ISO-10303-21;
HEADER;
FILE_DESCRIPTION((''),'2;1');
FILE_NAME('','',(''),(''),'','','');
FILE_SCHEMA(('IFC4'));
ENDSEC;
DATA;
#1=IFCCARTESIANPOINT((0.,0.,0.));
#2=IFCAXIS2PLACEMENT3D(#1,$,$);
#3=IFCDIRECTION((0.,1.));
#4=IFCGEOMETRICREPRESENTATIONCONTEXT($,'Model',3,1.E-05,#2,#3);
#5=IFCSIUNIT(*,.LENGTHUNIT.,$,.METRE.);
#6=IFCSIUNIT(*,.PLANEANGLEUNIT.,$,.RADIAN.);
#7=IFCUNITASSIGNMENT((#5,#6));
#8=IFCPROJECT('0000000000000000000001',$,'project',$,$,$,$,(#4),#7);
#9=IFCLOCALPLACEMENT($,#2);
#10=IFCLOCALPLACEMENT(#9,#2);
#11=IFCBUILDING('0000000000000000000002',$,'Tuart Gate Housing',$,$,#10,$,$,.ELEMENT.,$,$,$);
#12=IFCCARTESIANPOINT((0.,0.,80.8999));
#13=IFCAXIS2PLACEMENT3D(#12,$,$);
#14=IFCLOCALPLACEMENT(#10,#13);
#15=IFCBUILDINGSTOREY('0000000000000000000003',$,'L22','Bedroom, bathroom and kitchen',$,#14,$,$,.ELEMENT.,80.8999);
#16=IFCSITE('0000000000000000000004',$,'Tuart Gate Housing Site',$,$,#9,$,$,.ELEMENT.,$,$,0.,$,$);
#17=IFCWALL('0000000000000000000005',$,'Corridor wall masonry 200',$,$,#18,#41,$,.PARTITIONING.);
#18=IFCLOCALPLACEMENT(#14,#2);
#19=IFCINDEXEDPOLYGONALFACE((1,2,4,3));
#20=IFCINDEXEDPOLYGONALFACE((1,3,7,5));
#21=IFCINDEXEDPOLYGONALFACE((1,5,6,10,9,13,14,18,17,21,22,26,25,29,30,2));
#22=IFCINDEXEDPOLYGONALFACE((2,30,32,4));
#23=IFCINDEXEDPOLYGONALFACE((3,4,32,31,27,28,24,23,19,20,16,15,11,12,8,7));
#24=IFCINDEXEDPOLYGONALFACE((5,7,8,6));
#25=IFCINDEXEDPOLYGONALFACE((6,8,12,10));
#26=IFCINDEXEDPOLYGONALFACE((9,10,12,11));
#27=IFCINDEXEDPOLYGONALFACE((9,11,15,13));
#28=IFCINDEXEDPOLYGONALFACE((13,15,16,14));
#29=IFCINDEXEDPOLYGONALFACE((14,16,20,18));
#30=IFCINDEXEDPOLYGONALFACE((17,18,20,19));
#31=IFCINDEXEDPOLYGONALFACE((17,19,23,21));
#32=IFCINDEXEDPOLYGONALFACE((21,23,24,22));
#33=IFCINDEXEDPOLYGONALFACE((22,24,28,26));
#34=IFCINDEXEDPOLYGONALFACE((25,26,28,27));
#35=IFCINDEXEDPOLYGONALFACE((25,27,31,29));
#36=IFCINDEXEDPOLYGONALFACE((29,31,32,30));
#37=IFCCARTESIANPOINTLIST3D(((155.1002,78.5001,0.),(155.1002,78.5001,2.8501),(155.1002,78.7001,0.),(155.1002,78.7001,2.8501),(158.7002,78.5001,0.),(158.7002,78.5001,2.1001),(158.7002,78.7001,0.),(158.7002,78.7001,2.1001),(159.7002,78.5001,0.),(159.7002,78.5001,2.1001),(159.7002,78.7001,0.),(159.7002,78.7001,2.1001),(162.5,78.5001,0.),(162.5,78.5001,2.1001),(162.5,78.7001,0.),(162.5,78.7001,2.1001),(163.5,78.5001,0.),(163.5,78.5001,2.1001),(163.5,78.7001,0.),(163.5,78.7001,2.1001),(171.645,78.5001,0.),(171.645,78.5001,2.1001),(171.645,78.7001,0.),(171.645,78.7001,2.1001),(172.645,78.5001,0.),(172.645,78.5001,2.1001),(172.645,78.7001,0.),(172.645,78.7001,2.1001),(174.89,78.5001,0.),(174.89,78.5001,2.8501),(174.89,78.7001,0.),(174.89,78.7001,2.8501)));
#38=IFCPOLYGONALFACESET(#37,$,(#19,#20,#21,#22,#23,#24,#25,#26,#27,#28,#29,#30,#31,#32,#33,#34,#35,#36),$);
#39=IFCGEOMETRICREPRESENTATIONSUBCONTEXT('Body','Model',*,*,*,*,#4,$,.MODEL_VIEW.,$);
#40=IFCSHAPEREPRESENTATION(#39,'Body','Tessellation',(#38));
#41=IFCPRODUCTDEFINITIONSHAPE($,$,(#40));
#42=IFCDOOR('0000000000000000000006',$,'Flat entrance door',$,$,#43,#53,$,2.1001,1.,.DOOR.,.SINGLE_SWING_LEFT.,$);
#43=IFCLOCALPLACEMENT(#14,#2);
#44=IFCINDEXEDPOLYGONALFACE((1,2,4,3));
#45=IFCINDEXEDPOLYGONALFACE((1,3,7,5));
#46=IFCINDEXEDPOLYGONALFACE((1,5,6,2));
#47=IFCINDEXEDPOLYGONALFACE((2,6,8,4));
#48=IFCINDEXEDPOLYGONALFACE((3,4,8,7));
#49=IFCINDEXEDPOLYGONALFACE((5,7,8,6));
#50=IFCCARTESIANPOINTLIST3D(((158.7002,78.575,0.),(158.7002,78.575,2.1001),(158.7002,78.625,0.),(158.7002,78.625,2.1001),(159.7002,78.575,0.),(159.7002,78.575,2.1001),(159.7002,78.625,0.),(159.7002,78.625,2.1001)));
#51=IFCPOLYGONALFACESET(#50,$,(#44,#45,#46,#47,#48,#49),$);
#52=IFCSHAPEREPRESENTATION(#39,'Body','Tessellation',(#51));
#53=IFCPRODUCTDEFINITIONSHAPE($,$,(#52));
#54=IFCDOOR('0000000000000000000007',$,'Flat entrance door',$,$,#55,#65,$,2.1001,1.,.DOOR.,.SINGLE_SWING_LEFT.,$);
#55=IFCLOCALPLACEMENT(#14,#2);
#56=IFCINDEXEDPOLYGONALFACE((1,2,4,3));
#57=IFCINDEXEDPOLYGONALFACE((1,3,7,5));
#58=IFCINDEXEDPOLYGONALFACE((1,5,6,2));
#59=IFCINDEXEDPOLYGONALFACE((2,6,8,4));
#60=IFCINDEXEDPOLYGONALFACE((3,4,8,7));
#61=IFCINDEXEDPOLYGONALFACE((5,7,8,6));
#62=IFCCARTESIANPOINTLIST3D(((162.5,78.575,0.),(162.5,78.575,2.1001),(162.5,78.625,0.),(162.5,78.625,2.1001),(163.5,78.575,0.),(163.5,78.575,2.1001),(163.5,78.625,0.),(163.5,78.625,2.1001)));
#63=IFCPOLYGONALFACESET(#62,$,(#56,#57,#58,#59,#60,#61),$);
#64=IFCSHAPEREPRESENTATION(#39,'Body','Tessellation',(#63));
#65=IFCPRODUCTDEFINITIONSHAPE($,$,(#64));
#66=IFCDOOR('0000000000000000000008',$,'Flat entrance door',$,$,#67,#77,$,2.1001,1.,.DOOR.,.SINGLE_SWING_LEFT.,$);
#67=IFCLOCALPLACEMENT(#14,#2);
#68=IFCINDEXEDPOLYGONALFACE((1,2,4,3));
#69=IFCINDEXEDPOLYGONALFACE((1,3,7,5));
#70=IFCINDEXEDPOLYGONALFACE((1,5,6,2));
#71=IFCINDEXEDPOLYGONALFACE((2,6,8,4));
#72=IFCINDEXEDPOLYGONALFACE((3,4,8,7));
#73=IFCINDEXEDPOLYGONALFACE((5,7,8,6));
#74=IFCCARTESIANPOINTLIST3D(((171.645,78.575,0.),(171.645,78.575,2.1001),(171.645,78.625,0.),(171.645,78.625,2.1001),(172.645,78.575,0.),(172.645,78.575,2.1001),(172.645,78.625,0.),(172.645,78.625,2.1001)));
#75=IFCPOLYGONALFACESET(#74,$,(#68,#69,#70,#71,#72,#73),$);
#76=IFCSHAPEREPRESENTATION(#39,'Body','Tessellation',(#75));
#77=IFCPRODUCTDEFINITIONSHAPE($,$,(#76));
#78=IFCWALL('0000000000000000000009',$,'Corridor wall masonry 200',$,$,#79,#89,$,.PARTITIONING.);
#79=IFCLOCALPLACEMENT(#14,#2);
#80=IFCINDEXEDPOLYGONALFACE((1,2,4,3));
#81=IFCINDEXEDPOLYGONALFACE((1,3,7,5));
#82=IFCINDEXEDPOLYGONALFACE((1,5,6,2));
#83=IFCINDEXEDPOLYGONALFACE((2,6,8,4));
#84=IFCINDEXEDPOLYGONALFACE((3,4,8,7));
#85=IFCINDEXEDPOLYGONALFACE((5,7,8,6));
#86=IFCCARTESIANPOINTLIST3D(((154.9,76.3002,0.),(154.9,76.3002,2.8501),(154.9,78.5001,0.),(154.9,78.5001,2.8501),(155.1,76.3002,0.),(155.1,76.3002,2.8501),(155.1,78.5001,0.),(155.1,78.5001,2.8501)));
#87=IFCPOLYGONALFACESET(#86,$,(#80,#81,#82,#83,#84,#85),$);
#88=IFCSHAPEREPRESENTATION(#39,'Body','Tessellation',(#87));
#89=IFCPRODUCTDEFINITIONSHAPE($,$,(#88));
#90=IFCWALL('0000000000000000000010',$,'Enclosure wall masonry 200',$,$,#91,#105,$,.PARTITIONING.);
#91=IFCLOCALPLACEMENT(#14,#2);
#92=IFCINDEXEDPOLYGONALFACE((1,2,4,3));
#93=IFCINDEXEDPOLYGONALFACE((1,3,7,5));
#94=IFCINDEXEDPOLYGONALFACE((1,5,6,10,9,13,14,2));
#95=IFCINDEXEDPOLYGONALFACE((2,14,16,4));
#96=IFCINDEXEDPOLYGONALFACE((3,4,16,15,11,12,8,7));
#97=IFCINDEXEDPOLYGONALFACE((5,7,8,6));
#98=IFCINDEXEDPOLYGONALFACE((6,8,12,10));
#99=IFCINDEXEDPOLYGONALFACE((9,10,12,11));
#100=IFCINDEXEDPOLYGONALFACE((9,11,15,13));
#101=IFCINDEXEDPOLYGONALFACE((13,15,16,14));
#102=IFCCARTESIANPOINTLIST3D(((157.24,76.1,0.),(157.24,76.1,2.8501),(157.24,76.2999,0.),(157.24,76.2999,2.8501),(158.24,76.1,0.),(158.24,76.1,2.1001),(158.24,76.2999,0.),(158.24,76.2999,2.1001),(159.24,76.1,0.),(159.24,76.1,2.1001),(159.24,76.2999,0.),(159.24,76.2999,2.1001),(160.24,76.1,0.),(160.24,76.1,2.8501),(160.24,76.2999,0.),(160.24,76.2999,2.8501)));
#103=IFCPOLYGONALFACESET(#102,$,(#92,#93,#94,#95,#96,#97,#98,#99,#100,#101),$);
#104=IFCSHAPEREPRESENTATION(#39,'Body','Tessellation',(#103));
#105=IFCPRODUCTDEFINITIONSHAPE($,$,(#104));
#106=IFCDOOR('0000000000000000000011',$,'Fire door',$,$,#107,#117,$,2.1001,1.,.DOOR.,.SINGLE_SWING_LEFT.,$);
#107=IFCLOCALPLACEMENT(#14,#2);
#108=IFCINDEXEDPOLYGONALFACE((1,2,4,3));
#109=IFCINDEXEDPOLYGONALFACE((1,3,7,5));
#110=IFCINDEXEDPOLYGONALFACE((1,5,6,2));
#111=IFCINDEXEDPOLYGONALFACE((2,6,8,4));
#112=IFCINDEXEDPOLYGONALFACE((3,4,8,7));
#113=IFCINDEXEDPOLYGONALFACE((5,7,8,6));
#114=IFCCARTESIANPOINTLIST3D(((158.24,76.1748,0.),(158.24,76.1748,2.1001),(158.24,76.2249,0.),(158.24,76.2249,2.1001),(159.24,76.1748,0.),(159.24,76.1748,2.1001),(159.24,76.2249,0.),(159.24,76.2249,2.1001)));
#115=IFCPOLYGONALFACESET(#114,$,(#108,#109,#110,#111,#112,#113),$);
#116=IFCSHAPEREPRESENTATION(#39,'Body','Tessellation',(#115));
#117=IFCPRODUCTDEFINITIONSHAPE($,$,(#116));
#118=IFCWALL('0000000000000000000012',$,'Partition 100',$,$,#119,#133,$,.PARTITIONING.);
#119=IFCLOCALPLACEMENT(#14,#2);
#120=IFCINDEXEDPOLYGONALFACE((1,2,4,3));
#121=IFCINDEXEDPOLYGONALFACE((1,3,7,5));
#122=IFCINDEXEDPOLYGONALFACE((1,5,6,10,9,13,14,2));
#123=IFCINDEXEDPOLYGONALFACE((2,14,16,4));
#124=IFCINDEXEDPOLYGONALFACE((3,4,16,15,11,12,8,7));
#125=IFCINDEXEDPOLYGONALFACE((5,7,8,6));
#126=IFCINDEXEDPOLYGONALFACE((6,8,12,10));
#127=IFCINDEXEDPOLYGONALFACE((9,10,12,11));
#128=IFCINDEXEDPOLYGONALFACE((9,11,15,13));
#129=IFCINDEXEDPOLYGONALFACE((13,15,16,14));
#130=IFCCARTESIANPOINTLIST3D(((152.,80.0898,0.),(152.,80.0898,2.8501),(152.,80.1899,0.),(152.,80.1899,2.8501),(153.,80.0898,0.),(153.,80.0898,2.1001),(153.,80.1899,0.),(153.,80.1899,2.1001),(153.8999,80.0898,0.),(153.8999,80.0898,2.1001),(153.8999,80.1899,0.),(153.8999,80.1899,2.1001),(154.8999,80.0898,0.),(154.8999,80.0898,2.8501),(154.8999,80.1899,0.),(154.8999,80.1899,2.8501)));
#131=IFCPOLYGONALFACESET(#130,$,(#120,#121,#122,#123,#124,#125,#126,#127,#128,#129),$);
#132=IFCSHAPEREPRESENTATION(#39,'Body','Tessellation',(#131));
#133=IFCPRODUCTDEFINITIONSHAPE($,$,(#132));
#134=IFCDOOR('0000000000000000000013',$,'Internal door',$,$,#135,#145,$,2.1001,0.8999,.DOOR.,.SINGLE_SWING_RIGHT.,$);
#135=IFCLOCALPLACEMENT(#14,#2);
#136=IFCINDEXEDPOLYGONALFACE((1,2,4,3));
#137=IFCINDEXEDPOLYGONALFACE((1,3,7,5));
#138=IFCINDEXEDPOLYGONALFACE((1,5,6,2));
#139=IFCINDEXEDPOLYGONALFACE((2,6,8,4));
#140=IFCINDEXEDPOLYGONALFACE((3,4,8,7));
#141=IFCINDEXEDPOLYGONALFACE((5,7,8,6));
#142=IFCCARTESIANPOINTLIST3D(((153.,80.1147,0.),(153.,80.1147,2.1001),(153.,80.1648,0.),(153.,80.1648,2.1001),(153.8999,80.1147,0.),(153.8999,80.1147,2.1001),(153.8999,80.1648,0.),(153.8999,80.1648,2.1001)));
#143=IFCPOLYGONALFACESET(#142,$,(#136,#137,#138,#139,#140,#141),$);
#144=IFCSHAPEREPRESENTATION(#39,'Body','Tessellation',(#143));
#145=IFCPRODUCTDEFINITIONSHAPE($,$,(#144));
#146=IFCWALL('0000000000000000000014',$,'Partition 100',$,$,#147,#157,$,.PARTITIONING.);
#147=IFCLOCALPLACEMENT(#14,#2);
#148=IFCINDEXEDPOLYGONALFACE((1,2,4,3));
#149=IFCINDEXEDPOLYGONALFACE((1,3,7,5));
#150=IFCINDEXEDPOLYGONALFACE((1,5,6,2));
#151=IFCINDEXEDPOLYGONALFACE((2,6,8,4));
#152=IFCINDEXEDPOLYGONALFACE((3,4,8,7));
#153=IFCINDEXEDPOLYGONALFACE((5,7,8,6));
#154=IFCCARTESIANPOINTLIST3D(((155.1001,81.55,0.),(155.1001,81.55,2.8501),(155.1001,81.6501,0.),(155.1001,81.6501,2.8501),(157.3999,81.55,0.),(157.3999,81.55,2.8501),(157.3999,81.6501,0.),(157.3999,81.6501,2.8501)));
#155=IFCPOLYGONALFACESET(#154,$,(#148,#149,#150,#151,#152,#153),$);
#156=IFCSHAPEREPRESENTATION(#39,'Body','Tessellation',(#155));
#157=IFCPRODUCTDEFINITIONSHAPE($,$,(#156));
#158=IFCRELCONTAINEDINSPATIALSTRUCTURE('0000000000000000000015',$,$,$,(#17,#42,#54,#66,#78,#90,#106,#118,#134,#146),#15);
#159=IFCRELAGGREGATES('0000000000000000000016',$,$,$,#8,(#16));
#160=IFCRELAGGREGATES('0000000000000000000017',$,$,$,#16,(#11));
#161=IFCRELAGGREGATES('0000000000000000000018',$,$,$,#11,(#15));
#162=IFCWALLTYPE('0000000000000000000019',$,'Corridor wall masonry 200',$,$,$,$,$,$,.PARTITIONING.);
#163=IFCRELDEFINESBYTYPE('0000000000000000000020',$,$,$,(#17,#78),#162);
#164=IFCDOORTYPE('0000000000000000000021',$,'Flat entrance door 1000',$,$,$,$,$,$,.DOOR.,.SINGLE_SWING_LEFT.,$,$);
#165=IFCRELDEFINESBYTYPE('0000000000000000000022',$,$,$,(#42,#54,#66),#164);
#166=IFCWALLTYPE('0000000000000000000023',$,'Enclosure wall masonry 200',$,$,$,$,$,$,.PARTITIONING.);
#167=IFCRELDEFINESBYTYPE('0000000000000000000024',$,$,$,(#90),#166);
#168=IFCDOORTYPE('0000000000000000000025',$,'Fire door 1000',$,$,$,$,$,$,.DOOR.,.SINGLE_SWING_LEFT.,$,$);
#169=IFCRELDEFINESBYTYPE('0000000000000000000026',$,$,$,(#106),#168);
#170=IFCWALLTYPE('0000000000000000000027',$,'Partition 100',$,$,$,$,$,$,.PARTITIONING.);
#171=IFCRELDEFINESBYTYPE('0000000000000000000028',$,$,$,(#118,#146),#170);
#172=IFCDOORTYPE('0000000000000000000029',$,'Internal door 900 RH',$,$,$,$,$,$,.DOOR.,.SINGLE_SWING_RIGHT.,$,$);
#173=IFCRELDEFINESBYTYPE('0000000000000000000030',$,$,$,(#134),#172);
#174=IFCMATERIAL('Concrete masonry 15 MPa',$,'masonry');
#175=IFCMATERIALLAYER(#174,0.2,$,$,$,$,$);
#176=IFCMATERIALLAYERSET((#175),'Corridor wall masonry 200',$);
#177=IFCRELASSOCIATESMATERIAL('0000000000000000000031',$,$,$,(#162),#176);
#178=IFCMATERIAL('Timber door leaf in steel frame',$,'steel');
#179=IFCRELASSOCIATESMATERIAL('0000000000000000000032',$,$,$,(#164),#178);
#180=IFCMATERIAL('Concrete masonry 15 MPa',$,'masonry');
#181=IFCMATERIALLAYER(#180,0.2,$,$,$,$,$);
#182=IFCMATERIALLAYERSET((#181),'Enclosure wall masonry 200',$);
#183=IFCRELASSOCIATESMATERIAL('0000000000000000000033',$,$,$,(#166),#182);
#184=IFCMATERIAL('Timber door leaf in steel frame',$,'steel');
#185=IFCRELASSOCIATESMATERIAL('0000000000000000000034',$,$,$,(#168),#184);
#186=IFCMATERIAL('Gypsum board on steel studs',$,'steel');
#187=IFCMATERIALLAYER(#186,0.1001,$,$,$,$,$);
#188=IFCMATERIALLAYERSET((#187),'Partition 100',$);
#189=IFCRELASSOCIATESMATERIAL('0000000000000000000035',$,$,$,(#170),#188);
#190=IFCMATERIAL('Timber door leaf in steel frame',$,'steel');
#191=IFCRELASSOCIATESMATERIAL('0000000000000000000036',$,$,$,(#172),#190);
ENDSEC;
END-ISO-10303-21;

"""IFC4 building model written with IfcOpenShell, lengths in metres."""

from ifc_helpers import new_model, si_unit, direction, frame, frame_2d, origin, place, context, subcontext, project, spatial, rectangle, extrude, material, layer, layer_set, type_object, element, fill, save


model = new_model("IFC4")

# Units and contexts
model_context = context("Model", 3, precision=1e-05, world=origin(), true_north=direction((0.0, 1.0)))
body_context = subcontext(model_context, "Body", "Model", "MODEL_VIEW")
ifc_project = project(units=[si_unit("LENGTHUNIT", "METRE"), si_unit("PLANEANGLEUNIT", "RADIAN")], contexts=[model_context])

# Site, building, storey
site_placement = place(None, origin())
site = spatial("IfcSite", under=ifc_project, at=site_placement, Name="Tuart Gate Housing Site", CompositionType="ELEMENT", RefElevation=0.0)
building_placement = place(site_placement, origin())
building = spatial("IfcBuilding", under=site, at=building_placement, Name="Tuart Gate Housing", CompositionType="ELEMENT")
storey_placement = place(building_placement, frame((0.0, 0.0, 80.8999)))
storey = spatial("IfcBuildingStorey", under=building, at=storey_placement, Name="L22", Description="Bedroom, bathroom and kitchen", CompositionType="ELEMENT", Elevation=80.8999)

# Shared definitions
ifc_material_1 = material(Name="Concrete masonry 15 MPa", Category="masonry")
ifc_layer_1 = layer(ifc_material_1, 0.2)
ifc_layer_set_1 = layer_set([ifc_layer_1], Name="Corridor wall masonry 200")
wall_type_1 = type_object("IfcWallType", Name="Corridor wall masonry 200", PredefinedType="PARTITIONING", material=ifc_layer_set_1)

# Wall, openings, doors
wall_1_placement = place(storey_placement, frame((155.1001, 78.6001, 0.0), z_axis=(0.0, 0.0, 1.0), x_axis=(1.0, 0.0, 0.0)))
wall_1 = element("IfcWall", 1, at=wall_1_placement, inside=storey, type_object=wall_type_1, Name="Corridor wall masonry 200", PredefinedType="PARTITIONING", context=body_context, shape_type="SweptSolid", body=[
    extrude(rectangle(XDim=19.7898, YDim=0.2, at=frame_2d((9.895, 0.0))), origin(), (0.0, 0.0, 1.0), 2.8501),
])
opening_1_placement = place(wall_1_placement, frame((3.6001, 0.0, 0.0)))
opening_1 = element("IfcOpeningElement", 2, at=opening_1_placement, cuts=wall_1, PredefinedType="OPENING", context=body_context, shape_type="SweptSolid", body=[
    extrude(rectangle(XDim=1.0, YDim=2.1001, at=frame_2d((0.5, 1.05))), frame((0.0, 0.1099, 0.0), z_axis=(0.0, -1.0, 0.0), x_axis=(1.0, 0.0, 0.0)), (0.0, 0.0, 1.0), 0.22),
])
opening_2_placement = place(wall_1_placement, frame((7.3999, 0.0, 0.0)))
opening_2 = element("IfcOpeningElement", 3, at=opening_2_placement, cuts=wall_1, PredefinedType="OPENING", context=body_context, shape_type="SweptSolid", body=[
    extrude(rectangle(XDim=1.0, YDim=2.1001, at=frame_2d((0.5, 1.05))), frame((0.0, 0.1099, 0.0), z_axis=(0.0, -1.0, 0.0), x_axis=(1.0, 0.0, 0.0)), (0.0, 0.0, 1.0), 0.22),
])
opening_3_placement = place(wall_1_placement, frame((16.5449, 0.0, 0.0)))
opening_3 = element("IfcOpeningElement", 4, at=opening_3_placement, cuts=wall_1, PredefinedType="OPENING", context=body_context, shape_type="SweptSolid", body=[
    extrude(rectangle(XDim=1.0, YDim=2.1001, at=frame_2d((0.5, 1.05))), frame((0.0, 0.1099, 0.0), z_axis=(0.0, -1.0, 0.0), x_axis=(1.0, 0.0, 0.0)), (0.0, 0.0, 1.0), 0.22),
])
ifc_material_2 = material(Name="Timber door leaf in steel frame", Category="steel")
door_type_1 = type_object("IfcDoorType", Name="Flat entrance door 1000", OperationType="SINGLE_SWING_LEFT", PredefinedType="DOOR", material=ifc_material_2)
door_1_placement = place(opening_1_placement, origin())
door_1 = element("IfcDoor", 5, at=door_1_placement, inside=storey, type_object=door_type_1, Name="Flat entrance door", OperationType="SINGLE_SWING_LEFT", OverallHeight=2.1001, OverallWidth=1.0, PredefinedType="DOOR", context=body_context, shape_type="SweptSolid", body=[
    extrude(rectangle(XDim=1.0, YDim=2.1001, at=frame_2d((0.5, 1.05))), frame((0.0, 0.0249, 0.0), z_axis=(0.0, -1.0, 0.0), x_axis=(1.0, 0.0, 0.0)), (0.0, 0.0, 1.0), 0.05),
])
fill(opening_1, door_1)
door_2_placement = place(opening_2_placement, origin())
door_2 = element("IfcDoor", 6, at=door_2_placement, inside=storey, type_object=door_type_1, Name="Flat entrance door", OperationType="SINGLE_SWING_LEFT", OverallHeight=2.1001, OverallWidth=1.0, PredefinedType="DOOR", context=body_context, shape_type="SweptSolid", body=[
    extrude(rectangle(XDim=1.0, YDim=2.1001, at=frame_2d((0.5, 1.05))), frame((0.0, 0.0249, 0.0), z_axis=(0.0, -1.0, 0.0), x_axis=(1.0, 0.0, 0.0)), (0.0, 0.0, 1.0), 0.05),
])
fill(opening_2, door_2)
door_3_placement = place(opening_3_placement, origin())
door_3 = element("IfcDoor", 7, at=door_3_placement, inside=storey, type_object=door_type_1, Name="Flat entrance door", OperationType="SINGLE_SWING_LEFT", OverallHeight=2.1001, OverallWidth=1.0, PredefinedType="DOOR", context=body_context, shape_type="SweptSolid", body=[
    extrude(rectangle(XDim=1.0, YDim=2.1001, at=frame_2d((0.5, 1.05))), frame((0.0, 0.0249, 0.0), z_axis=(0.0, -1.0, 0.0), x_axis=(1.0, 0.0, 0.0)), (0.0, 0.0, 1.0), 0.05),
])
fill(opening_3, door_3)

# Wall
wall_2_placement = place(storey_placement, frame((155.0, 76.3, 0.0), z_axis=(0.0, 0.0, 1.0), x_axis=(0.0, 1.0, 0.0)))
element("IfcWall", 8, at=wall_2_placement, inside=storey, type_object=wall_type_1, Name="Corridor wall masonry 200", PredefinedType="PARTITIONING", context=body_context, shape_type="SweptSolid", body=[
    extrude(rectangle(XDim=2.2, YDim=0.2, at=frame_2d((1.1001, 0.0))), origin(), (0.0, 0.0, 1.0), 2.8501),
])

# Walls, openings, doors
ifc_material_3 = material(Name="Concrete masonry 15 MPa", Category="masonry")
ifc_layer_2 = layer(ifc_material_3, 0.2)
ifc_layer_set_2 = layer_set([ifc_layer_2], Name="Enclosure wall masonry 200")
wall_type_2 = type_object("IfcWallType", Name="Enclosure wall masonry 200", PredefinedType="PARTITIONING", material=ifc_layer_set_2)
wall_3_placement = place(storey_placement, frame((157.24, 76.2, 0.0), z_axis=(0.0, 0.0, 1.0), x_axis=(1.0, 0.0, 0.0)))
wall_3 = element("IfcWall", 9, at=wall_3_placement, inside=storey, type_object=wall_type_2, Name="Enclosure wall masonry 200", PredefinedType="PARTITIONING", context=body_context, shape_type="SweptSolid", body=[
    extrude(rectangle(XDim=3.0, YDim=0.2, at=frame_2d((1.5, 0.0))), origin(), (0.0, 0.0, 1.0), 2.8501),
])
opening_4_placement = place(wall_3_placement, frame((1.0, 0.0, 0.0)))
opening_4 = element("IfcOpeningElement", 10, at=opening_4_placement, cuts=wall_3, PredefinedType="OPENING", context=body_context, shape_type="SweptSolid", body=[
    extrude(rectangle(XDim=1.0, YDim=2.1001, at=frame_2d((0.5, 1.05))), frame((0.0, 0.1099, 0.0), z_axis=(0.0, -1.0, 0.0), x_axis=(1.0, 0.0, 0.0)), (0.0, 0.0, 1.0), 0.22),
])
ifc_material_4 = material(Name="Timber door leaf in steel frame", Category="steel")
door_type_2 = type_object("IfcDoorType", Name="Fire door 1000", OperationType="SINGLE_SWING_LEFT", PredefinedType="DOOR", material=ifc_material_4)
door_4_placement = place(opening_4_placement, origin())
door_4 = element("IfcDoor", 11, at=door_4_placement, inside=storey, type_object=door_type_2, Name="Fire door", OperationType="SINGLE_SWING_LEFT", OverallHeight=2.1001, OverallWidth=1.0, PredefinedType="DOOR", context=body_context, shape_type="SweptSolid", body=[
    extrude(rectangle(XDim=1.0, YDim=2.1001, at=frame_2d((0.5, 1.05))), frame((0.0, 0.0249, 0.0), z_axis=(0.0, -1.0, 0.0), x_axis=(1.0, 0.0, 0.0)), (0.0, 0.0, 1.0), 0.05),
])
fill(opening_4, door_4)
ifc_material_5 = material(Name="Gypsum board on steel studs", Category="steel")
ifc_layer_3 = layer(ifc_material_5, 0.1001)
ifc_layer_set_3 = layer_set([ifc_layer_3], Name="Partition 100")
wall_type_3 = type_object("IfcWallType", Name="Partition 100", PredefinedType="PARTITIONING", material=ifc_layer_set_3)
wall_4_placement = place(storey_placement, frame((152.0, 80.1399, 0.0), z_axis=(0.0, 0.0, 1.0), x_axis=(1.0, 0.0, 0.0)))
wall_4 = element("IfcWall", 12, at=wall_4_placement, inside=storey, type_object=wall_type_3, Name="Partition 100", PredefinedType="PARTITIONING", context=body_context, shape_type="SweptSolid", body=[
    extrude(rectangle(XDim=2.8999, YDim=0.1001, at=frame_2d((1.45, 0.0))), origin(), (0.0, 0.0, 1.0), 2.8501),
])
opening_5_placement = place(wall_4_placement, frame((1.0, 0.0, 0.0)))
opening_5 = element("IfcOpeningElement", 13, at=opening_5_placement, cuts=wall_4, PredefinedType="OPENING", context=body_context, shape_type="SweptSolid", body=[
    extrude(rectangle(XDim=0.8999, YDim=2.1001, at=frame_2d((0.45, 1.05))), frame((0.0, 0.0601, 0.0), z_axis=(0.0, -1.0, 0.0), x_axis=(1.0, 0.0, 0.0)), (0.0, 0.0, 1.0), 0.1201),
])
ifc_material_6 = material(Name="Timber door leaf in steel frame", Category="steel")
door_type_3 = type_object("IfcDoorType", Name="Internal door 900 RH", OperationType="SINGLE_SWING_RIGHT", PredefinedType="DOOR", material=ifc_material_6)
door_5_placement = place(opening_5_placement, frame((0.8999, 0.0, 0.0), z_axis=(0.0, 0.0, 1.0), x_axis=(-1.0, 0.0, 0.0)))
door_5 = element("IfcDoor", 14, at=door_5_placement, inside=storey, type_object=door_type_3, Name="Internal door", OperationType="SINGLE_SWING_RIGHT", OverallHeight=2.1001, OverallWidth=0.8999, PredefinedType="DOOR", context=body_context, shape_type="SweptSolid", body=[
    extrude(rectangle(XDim=0.8999, YDim=2.1001, at=frame_2d((0.45, 1.05))), frame((0.0, 0.0251, 0.0), z_axis=(0.0, -1.0, 0.0), x_axis=(1.0, 0.0, 0.0)), (0.0, 0.0, 1.0), 0.05),
])
fill(opening_5, door_5)

# Wall
wall_5_placement = place(storey_placement, frame((155.1001, 81.6001, 0.0), z_axis=(0.0, 0.0, 1.0), x_axis=(1.0, 0.0, 0.0)))
element("IfcWall", 15, at=wall_5_placement, inside=storey, type_object=wall_type_3, Name="Partition 100", PredefinedType="PARTITIONING", context=body_context, shape_type="SweptSolid", body=[
    extrude(rectangle(XDim=2.2998, YDim=0.1001, at=frame_2d((1.1499, 0.0))), origin(), (0.0, 0.0, 1.0), 2.8501),
])

save(model, "model.ifc")
